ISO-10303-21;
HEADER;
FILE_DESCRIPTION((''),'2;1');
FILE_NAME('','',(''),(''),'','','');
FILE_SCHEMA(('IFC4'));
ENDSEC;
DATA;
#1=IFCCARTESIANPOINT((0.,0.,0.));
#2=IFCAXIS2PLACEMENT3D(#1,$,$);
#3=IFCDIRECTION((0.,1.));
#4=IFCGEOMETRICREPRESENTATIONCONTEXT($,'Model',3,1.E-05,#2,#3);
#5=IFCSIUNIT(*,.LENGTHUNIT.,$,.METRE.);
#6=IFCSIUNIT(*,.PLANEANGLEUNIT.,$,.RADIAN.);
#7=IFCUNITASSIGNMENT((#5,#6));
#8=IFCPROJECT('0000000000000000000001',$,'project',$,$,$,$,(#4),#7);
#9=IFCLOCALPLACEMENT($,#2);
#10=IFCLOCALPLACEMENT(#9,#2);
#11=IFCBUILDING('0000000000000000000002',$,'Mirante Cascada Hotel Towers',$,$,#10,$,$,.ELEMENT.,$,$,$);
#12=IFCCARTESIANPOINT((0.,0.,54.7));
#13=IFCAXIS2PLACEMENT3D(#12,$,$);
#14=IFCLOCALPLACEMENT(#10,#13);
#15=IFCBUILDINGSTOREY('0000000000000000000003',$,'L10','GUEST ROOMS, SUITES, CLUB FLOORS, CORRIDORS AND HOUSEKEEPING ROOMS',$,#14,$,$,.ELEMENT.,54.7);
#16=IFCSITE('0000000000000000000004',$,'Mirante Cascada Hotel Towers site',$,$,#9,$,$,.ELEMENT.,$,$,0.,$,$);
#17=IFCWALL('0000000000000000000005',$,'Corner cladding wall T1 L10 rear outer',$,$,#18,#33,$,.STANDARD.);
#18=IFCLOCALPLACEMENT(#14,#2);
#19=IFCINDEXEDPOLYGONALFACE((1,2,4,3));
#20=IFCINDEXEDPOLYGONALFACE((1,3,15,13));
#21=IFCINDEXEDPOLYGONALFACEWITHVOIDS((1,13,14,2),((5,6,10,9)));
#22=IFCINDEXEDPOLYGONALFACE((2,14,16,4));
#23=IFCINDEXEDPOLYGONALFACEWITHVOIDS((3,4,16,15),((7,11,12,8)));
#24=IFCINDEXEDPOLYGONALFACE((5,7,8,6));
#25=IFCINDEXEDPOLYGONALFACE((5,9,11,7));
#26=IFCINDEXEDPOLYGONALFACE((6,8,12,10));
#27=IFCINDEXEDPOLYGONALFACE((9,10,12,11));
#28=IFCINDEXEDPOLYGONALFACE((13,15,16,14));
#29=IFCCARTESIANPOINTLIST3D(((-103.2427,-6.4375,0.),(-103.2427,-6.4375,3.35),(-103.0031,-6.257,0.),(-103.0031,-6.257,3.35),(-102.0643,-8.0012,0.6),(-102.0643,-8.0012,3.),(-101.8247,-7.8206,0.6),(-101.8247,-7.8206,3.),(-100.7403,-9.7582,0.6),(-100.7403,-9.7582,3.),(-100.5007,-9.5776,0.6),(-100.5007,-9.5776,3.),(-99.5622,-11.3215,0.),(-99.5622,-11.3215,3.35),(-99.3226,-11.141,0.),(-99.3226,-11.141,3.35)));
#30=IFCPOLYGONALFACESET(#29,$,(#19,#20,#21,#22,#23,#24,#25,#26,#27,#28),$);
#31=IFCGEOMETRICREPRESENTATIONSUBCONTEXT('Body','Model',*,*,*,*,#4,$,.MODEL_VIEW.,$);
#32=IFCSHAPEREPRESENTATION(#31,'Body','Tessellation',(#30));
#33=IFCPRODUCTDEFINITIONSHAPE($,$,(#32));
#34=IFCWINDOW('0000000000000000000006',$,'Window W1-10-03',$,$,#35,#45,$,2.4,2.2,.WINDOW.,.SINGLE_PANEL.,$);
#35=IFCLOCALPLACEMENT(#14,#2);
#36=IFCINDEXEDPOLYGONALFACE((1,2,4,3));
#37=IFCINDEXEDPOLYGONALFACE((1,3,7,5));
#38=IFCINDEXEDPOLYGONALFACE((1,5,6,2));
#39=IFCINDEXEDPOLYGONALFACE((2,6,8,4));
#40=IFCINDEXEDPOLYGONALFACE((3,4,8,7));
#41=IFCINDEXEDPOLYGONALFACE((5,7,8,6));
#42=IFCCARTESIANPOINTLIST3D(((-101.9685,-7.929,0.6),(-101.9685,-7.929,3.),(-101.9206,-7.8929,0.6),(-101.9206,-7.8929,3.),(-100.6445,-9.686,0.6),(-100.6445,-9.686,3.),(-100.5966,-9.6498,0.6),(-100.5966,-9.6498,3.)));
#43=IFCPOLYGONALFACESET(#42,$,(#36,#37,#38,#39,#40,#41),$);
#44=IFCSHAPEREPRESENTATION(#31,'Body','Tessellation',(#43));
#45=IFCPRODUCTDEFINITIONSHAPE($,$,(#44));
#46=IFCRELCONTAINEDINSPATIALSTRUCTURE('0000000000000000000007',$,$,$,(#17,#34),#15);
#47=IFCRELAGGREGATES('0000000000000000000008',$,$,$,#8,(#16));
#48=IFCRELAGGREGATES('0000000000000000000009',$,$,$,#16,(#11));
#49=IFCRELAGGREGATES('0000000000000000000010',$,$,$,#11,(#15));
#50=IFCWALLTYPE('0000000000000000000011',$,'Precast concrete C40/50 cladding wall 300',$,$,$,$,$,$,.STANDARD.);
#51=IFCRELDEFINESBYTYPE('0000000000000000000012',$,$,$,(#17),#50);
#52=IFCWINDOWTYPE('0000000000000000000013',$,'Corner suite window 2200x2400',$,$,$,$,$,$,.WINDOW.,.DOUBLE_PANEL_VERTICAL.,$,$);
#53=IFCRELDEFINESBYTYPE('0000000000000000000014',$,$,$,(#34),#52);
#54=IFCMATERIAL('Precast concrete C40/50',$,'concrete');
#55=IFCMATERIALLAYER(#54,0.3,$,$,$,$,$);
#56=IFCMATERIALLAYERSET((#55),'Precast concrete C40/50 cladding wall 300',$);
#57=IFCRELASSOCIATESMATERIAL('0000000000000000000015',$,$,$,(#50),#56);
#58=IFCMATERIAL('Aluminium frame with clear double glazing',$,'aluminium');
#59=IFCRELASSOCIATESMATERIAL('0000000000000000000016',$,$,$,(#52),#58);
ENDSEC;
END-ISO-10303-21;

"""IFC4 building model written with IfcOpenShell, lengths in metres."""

from ifc_helpers import new_model, si_unit, direction, frame, frame_2d, origin, place, context, subcontext, project, spatial, rectangle, extrude, material, layer, layer_set, type_object, element, fill, save


model = new_model("IFC4")

# Units and contexts
model_context = context("Model", 3, precision=1e-05, world=origin(), true_north=direction((0.0, 1.0)))
body_context = subcontext(model_context, "Body", "Model", "MODEL_VIEW")
ifc_project = project(units=[si_unit("LENGTHUNIT", "METRE"), si_unit("PLANEANGLEUNIT", "RADIAN")], contexts=[model_context])

# Site, building, storey
site_placement = place(None, origin())
site = spatial("IfcSite", under=ifc_project, at=site_placement, Name="Mirante Cascada Hotel Towers site", CompositionType="ELEMENT", RefElevation=0.0)
building_placement = place(site_placement, origin())
building = spatial("IfcBuilding", under=site, at=building_placement, Name="Mirante Cascada Hotel Towers", CompositionType="ELEMENT")
storey_placement = place(building_placement, frame((0.0, 0.0, 54.7)))
storey = spatial("IfcBuildingStorey", under=building, at=storey_placement, Name="L10", Description="GUEST ROOMS, SUITES, CLUB FLOORS, CORRIDORS AND HOUSEKEEPING ROOMS", CompositionType="ELEMENT", Elevation=54.7)

# Wall, opening, window
ifc_material_1 = material(Name="Precast concrete C40/50", Category="concrete")
ifc_layer_1 = layer(ifc_material_1, 0.3)
ifc_layer_set_1 = layer_set([ifc_layer_1], Name="Precast concrete C40/50 cladding wall 300")
wall_type_1 = type_object("IfcWallType", Name="Precast concrete C40/50 cladding wall 300", PredefinedType="STANDARD", material=ifc_layer_set_1)
wall_1_placement = place(storey_placement, frame((-99.4424, -11.2313, 0.0), z_axis=(0.0, 0.0, 1.0), x_axis=(-0.601819, 0.798632, 0.0)))
wall_1 = element("IfcWall", 1, at=wall_1_placement, inside=storey, type_object=wall_type_1, Name="Corner cladding wall T1 L10 rear outer", PredefinedType="STANDARD", context=body_context, shape_type="SweptSolid", body=[
    extrude(rectangle(XDim=6.1155, YDim=0.3, at=frame_2d((3.0578, 0.0))), origin(), (0.0, 0.0, 1.0), 3.35),
])
opening_placement = place(wall_1_placement, frame((1.9576, 0.0, 0.6)))
opening = element("IfcOpeningElement", 2, at=opening_placement, cuts=wall_1, PredefinedType="OPENING", context=body_context, shape_type="SweptSolid", body=[
    extrude(rectangle(XDim=2.2, YDim=2.4, at=frame_2d((1.1, 1.2))), frame((0.0, 0.15, 0.0), z_axis=(0.0, -1.0, 0.0), x_axis=(1.0, 0.0, 0.0)), (0.0, 0.0, 1.0), 0.3),
])
ifc_material_2 = material(Name="Aluminium frame with clear double glazing", Category="aluminium")
window_type = type_object("IfcWindowType", Name="Corner suite window 2200x2400", PartitioningType="DOUBLE_PANEL_VERTICAL", PredefinedType="WINDOW", material=ifc_material_2)
window_placement = place(opening_placement, origin())
window = element("IfcWindow", 3, at=window_placement, inside=storey, type_object=window_type, Name="Window W1-10-03", OverallHeight=2.4, OverallWidth=2.2, PartitioningType="SINGLE_PANEL", PredefinedType="WINDOW", context=body_context, shape_type="SweptSolid", body=[
    extrude(rectangle(XDim=2.2, YDim=2.4, at=frame_2d((1.1, 1.2))), frame((0.0, 0.03, 0.0), z_axis=(0.0, -1.0, 0.0), x_axis=(1.0, 0.0, 0.0)), (0.0, 0.0, 1.0), 0.06),
])
fill(opening, window)

save(model, "model.ifc")
